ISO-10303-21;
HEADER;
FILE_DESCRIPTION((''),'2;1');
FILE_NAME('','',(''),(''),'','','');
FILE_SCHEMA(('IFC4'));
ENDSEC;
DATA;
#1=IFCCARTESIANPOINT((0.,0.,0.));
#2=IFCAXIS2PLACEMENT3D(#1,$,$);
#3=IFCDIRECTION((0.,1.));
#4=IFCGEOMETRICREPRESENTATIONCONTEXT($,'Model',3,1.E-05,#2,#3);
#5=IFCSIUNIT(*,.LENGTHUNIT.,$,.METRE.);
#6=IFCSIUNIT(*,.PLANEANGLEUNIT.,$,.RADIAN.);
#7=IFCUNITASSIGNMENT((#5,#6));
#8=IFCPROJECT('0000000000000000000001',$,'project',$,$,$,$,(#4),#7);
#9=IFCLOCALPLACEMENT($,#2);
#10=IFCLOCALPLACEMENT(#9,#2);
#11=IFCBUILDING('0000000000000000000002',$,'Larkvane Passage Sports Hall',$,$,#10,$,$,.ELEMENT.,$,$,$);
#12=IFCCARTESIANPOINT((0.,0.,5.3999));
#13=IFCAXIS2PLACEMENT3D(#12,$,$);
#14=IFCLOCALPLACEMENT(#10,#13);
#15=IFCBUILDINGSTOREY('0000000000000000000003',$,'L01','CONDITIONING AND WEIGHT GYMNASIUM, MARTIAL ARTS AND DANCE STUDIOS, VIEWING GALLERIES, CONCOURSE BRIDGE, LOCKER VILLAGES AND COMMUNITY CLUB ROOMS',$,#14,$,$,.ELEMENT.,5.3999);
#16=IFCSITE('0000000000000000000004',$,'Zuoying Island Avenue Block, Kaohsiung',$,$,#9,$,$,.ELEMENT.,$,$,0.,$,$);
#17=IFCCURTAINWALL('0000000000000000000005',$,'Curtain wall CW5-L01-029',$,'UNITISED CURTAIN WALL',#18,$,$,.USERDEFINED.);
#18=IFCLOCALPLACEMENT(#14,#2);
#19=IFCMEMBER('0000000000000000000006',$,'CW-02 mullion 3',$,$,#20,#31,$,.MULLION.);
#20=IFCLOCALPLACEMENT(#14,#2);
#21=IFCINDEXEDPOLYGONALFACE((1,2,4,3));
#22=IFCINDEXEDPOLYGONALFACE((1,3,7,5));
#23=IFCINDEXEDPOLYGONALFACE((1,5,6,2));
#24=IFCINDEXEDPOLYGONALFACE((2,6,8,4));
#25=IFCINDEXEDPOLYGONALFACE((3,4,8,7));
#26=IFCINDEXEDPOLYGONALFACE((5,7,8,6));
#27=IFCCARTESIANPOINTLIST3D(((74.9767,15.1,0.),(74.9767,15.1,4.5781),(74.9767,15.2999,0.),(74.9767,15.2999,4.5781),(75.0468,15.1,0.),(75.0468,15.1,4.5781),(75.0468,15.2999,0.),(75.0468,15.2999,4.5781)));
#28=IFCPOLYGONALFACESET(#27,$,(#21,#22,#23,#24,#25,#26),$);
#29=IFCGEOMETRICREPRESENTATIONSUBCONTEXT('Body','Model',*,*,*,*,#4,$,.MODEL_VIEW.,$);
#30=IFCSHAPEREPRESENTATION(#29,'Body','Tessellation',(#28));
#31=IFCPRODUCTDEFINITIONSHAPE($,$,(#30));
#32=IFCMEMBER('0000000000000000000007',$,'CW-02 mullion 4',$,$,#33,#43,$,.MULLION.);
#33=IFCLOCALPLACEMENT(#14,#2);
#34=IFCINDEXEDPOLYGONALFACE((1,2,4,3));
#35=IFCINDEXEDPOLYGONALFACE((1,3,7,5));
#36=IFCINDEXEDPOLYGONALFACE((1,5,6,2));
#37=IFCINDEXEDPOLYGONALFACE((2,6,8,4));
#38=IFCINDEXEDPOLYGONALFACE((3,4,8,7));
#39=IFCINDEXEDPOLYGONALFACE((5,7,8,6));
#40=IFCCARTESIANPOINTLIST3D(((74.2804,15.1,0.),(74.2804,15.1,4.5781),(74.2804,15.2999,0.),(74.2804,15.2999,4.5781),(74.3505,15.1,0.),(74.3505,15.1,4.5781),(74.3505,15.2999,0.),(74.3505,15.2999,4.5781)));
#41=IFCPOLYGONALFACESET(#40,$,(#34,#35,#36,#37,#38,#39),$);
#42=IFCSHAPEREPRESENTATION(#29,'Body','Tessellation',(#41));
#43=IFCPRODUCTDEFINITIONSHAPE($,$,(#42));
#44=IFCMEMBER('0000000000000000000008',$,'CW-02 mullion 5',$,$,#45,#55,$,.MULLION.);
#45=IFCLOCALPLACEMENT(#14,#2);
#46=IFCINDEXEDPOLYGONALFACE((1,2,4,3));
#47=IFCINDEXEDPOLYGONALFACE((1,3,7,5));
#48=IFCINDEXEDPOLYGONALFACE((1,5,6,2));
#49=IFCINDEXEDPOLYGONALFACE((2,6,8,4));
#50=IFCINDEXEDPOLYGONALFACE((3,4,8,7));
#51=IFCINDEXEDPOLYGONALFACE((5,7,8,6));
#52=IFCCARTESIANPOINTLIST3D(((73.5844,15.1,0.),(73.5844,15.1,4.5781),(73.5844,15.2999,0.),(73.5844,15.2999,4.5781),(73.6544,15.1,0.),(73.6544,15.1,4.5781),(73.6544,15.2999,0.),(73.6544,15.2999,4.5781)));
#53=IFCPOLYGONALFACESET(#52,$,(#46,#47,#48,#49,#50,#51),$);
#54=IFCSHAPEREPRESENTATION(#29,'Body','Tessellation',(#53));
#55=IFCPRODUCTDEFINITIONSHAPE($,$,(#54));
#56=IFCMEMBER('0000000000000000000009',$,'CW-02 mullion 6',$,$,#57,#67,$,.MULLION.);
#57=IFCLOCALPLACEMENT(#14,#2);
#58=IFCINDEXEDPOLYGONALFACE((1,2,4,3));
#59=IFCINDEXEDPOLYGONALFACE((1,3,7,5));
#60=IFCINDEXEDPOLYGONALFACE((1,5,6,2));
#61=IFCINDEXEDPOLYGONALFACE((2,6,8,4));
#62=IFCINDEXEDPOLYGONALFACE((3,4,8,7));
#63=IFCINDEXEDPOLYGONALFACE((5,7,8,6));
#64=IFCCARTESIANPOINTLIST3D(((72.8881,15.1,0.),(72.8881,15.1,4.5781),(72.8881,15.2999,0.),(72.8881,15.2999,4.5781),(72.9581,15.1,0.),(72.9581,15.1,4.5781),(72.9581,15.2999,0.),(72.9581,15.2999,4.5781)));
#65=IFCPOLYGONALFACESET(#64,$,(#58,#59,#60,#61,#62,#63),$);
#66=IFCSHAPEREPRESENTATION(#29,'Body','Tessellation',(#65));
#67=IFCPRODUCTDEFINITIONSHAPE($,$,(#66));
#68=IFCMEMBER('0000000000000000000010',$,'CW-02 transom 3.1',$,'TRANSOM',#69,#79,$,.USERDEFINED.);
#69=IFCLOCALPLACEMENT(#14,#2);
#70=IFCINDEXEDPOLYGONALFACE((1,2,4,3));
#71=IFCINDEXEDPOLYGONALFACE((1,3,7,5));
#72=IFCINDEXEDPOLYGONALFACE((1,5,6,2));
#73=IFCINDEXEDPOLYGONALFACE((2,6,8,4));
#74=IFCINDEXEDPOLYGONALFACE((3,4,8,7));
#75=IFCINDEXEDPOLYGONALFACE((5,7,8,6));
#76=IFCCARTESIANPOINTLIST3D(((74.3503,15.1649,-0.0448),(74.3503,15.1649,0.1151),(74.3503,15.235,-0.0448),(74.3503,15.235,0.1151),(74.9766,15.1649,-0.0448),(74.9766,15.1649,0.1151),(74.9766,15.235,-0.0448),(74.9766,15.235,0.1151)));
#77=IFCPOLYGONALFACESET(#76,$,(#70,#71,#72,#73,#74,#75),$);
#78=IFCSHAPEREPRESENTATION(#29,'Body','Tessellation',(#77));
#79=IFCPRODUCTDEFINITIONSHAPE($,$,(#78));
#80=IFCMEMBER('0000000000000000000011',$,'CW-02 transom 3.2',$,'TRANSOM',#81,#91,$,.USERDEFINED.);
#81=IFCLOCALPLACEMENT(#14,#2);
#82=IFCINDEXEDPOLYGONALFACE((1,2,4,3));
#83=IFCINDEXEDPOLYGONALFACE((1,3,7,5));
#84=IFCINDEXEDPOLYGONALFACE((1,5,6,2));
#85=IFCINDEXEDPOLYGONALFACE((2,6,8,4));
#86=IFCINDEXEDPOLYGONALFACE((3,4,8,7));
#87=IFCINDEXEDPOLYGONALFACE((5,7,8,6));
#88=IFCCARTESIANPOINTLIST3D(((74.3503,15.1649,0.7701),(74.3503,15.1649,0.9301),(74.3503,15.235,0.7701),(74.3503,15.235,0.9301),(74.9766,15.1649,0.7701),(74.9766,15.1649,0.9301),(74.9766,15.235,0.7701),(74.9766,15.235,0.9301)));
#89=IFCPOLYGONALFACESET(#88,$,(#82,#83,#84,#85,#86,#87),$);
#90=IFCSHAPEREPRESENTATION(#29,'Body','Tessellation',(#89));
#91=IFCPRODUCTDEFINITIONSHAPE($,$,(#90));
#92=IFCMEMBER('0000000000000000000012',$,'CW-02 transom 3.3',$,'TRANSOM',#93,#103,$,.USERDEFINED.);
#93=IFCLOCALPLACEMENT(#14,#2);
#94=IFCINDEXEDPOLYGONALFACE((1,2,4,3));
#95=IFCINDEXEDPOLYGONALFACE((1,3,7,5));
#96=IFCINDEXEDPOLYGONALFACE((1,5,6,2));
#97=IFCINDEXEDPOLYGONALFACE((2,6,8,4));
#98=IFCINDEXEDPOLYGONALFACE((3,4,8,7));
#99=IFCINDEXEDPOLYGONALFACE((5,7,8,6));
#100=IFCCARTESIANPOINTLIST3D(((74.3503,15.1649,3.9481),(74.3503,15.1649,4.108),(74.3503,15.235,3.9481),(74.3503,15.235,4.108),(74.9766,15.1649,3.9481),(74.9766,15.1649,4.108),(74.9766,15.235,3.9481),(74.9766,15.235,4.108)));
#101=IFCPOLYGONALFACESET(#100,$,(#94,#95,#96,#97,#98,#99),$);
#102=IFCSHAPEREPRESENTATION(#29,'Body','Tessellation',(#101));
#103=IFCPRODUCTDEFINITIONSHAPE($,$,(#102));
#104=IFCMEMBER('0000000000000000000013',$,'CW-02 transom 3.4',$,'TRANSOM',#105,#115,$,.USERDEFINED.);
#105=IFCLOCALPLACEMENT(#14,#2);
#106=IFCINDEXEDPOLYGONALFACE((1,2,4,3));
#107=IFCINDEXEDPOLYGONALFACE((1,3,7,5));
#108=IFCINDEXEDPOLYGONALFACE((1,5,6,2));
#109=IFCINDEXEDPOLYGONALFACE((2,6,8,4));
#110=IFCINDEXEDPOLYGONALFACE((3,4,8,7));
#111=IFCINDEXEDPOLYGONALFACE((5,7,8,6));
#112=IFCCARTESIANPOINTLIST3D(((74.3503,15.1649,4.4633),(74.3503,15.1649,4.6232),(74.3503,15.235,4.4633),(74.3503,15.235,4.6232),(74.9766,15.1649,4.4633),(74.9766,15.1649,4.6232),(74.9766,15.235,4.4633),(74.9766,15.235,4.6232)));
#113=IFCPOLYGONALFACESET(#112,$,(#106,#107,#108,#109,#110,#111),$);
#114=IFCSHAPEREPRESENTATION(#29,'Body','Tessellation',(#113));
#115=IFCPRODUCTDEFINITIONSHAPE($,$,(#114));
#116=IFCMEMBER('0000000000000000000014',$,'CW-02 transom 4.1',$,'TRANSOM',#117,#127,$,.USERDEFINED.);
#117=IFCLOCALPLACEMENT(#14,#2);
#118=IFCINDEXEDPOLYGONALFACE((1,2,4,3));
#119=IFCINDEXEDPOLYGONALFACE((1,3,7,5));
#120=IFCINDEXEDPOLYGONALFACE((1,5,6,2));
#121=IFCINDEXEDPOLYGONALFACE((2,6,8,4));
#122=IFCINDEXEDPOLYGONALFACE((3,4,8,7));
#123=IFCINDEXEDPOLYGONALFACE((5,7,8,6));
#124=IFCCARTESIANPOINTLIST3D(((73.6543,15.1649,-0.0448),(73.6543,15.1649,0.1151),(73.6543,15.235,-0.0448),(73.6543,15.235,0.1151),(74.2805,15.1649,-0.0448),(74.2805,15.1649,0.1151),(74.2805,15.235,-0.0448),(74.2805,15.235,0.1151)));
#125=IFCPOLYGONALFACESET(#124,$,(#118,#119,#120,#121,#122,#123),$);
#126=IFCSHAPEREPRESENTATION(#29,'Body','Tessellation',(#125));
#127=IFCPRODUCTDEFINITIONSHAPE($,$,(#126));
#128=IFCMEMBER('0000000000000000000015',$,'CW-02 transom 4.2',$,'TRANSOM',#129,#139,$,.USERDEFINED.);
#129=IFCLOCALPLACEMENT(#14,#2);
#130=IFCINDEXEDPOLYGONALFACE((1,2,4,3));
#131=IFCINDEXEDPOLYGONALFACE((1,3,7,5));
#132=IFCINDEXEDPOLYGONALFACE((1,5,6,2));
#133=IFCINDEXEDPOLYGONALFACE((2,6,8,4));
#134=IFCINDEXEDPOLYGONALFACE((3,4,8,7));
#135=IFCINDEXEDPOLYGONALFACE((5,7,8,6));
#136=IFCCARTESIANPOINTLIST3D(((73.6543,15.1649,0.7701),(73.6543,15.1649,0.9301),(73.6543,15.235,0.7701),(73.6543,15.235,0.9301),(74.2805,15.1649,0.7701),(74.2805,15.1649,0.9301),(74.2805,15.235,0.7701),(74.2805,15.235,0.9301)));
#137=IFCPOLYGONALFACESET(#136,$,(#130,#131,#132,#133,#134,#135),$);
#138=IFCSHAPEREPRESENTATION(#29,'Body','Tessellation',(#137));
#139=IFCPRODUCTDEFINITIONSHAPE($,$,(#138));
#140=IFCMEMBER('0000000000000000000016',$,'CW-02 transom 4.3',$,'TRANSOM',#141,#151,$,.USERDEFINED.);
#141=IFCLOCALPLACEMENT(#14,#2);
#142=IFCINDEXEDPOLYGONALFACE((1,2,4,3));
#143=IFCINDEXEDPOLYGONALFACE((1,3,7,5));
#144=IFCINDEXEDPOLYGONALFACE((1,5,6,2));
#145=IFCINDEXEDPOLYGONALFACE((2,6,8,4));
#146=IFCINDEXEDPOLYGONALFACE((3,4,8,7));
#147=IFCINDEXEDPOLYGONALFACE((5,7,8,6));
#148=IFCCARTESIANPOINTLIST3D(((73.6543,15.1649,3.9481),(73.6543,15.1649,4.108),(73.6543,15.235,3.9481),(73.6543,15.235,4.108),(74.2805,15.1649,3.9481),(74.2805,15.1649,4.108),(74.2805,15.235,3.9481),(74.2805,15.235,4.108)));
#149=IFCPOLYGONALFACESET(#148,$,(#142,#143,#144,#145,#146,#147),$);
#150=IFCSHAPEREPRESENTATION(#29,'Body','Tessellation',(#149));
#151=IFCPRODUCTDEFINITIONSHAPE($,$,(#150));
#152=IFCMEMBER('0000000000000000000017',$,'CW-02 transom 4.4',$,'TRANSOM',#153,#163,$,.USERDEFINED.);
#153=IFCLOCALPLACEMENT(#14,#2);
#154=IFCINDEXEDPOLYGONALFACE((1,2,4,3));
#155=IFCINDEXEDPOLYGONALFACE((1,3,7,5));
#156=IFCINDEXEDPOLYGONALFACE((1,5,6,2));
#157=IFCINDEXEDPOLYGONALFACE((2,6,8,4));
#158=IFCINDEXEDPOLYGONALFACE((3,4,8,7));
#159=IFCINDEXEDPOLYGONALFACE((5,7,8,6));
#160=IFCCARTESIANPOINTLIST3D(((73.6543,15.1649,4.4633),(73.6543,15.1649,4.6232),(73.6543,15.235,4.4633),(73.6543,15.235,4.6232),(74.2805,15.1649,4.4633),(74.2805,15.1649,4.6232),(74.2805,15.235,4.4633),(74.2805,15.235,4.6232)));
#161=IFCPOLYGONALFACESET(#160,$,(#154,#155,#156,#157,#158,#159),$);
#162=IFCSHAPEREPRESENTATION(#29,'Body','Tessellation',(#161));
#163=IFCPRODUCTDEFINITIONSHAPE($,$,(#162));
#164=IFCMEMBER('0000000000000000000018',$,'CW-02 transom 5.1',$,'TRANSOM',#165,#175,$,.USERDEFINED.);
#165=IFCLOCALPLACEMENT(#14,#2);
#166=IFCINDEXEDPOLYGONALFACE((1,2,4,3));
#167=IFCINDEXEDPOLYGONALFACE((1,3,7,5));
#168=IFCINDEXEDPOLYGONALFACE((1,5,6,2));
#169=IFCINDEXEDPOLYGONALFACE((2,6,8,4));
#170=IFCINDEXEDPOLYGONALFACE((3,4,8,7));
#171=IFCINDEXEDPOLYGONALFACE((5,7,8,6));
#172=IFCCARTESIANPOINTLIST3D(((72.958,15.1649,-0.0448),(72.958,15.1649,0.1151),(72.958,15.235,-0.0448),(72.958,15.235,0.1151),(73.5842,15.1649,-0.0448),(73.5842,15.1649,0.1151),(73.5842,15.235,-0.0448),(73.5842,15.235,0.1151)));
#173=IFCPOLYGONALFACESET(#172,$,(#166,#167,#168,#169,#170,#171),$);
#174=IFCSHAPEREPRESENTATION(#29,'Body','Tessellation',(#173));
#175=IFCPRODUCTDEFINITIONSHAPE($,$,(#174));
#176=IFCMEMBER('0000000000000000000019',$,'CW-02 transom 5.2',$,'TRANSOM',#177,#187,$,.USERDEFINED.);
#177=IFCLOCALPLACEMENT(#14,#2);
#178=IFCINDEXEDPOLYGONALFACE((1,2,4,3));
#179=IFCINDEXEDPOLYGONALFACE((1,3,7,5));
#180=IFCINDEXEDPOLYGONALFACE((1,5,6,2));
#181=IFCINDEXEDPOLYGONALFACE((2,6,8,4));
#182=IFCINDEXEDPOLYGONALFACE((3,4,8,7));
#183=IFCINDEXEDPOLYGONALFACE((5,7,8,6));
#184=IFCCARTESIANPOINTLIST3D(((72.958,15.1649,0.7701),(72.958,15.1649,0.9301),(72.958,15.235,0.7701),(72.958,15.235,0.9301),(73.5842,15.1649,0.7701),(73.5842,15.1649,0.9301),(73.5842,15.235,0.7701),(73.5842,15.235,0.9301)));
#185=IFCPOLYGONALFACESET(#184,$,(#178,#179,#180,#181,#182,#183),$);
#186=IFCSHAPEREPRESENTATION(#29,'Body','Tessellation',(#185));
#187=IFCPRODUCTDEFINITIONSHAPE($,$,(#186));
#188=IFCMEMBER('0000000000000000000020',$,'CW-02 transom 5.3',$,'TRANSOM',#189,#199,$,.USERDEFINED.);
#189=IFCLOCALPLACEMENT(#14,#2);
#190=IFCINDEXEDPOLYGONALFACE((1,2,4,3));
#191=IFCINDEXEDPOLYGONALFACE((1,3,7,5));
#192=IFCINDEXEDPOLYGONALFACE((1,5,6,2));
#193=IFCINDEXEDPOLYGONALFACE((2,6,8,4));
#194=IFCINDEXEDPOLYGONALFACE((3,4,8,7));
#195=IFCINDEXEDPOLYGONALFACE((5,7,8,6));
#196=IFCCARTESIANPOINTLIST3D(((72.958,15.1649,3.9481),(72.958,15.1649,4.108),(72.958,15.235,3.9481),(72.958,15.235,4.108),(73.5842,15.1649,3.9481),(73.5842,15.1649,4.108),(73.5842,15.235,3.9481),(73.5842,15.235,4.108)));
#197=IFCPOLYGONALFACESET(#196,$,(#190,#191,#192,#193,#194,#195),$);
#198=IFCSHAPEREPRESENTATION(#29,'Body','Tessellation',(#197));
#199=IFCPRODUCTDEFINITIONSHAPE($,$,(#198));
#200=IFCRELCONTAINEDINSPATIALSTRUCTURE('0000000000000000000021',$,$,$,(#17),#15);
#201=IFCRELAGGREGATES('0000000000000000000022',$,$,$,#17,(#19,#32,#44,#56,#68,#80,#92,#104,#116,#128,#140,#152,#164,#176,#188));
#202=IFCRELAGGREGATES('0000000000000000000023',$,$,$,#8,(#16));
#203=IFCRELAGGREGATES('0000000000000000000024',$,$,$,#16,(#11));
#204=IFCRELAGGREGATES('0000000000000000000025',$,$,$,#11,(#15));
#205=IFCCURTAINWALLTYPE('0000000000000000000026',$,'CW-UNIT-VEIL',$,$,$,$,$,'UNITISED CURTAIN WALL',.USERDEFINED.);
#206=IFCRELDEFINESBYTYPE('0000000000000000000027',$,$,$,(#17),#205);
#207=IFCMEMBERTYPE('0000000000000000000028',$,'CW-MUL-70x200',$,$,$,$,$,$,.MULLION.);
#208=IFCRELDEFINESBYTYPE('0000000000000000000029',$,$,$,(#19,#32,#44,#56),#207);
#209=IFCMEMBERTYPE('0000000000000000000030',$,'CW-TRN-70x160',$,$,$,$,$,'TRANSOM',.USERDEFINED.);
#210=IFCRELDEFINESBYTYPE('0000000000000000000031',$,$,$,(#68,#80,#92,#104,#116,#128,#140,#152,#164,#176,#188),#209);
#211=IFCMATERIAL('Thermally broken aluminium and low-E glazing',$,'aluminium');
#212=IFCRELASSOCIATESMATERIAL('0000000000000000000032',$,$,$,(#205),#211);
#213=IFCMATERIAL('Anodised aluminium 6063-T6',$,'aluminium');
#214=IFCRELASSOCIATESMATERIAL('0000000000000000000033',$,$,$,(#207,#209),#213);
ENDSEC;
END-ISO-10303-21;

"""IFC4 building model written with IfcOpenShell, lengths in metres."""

from ifc_helpers import new_model, si_unit, direction, frame, origin, origin_2d, place, context, subcontext, project, spatial, rectangle, extrude, material, material_profile, profile_set, type_object, element, aggregate, save


model = new_model("IFC4")

# Units and contexts
model_context = context("Model", 3, precision=1e-05, world=origin(), true_north=direction((0.0, 1.0)))
body_context = subcontext(model_context, "Body", "Model", "MODEL_VIEW")
ifc_project = project(units=[si_unit("LENGTHUNIT", "METRE"), si_unit("PLANEANGLEUNIT", "RADIAN")], contexts=[model_context])

# Site, building, storey
site_placement = place(None, origin())
site = spatial("IfcSite", under=ifc_project, at=site_placement, Name="Zuoying Island Avenue Block, Kaohsiung", CompositionType="ELEMENT", RefElevation=0.0)
building_placement = place(site_placement, origin())
building = spatial("IfcBuilding", under=site, at=building_placement, Name="Larkvane Passage Sports Hall", CompositionType="ELEMENT")
storey_placement = place(building_placement, frame((0.0, 0.0, 5.3999)))
storey = spatial("IfcBuildingStorey", under=building, at=storey_placement, Name="L01", Description="CONDITIONING AND WEIGHT GYMNASIUM, MARTIAL ARTS AND DANCE STUDIOS, VIEWING GALLERIES, CONCOURSE BRIDGE, LOCKER VILLAGES AND COMMUNITY CLUB ROOMS", CompositionType="ELEMENT", Elevation=5.3999)

# Curtain wall, members
ifc_material_1 = material(Name="Thermally broken aluminium and low-E glazing", Category="aluminium")
curtain_wall_type = type_object("IfcCurtainWallType", Name="CW-UNIT-VEIL", ElementType="UNITISED CURTAIN WALL", PredefinedType="USERDEFINED", material=ifc_material_1)
curtain_wall_placement = place(storey_placement, origin())
curtain_wall = element("IfcCurtainWall", 1, at=curtain_wall_placement, inside=storey, type_object=curtain_wall_type, Name="Curtain wall CW5-L01-029", ObjectType="UNITISED CURTAIN WALL", PredefinedType="USERDEFINED")
ifc_material_2 = material(Name="Anodised aluminium 6063-T6", Category="aluminium")
ifc_material_profile_1 = material_profile(ifc_material_2, rectangle(XDim=0.0701, YDim=0.2, at=origin_2d()), Name="ALU-MUL-70x200")
ifc_profile_set_1 = profile_set([ifc_material_profile_1], Name="Anodised aluminium 6063-T6")
member_type_1 = type_object("IfcMemberType", Name="CW-MUL-70x200", PredefinedType="MULLION", material=ifc_profile_set_1)
member_1_placement = place(storey_placement, frame((75.0117, 15.2, 0.0), z_axis=(0.0, 0.0, 1.0), x_axis=(-1.0, 0.0, 0.0)))
member_1 = element("IfcMember", 2, at=member_1_placement, type_object=member_type_1, Name="CW-02 mullion 3", PredefinedType="MULLION", context=body_context, shape_type="SweptSolid", body=[
    extrude(rectangle(XDim=0.0701, YDim=0.2, at=origin_2d()), origin(), (0.0, 0.0, 1.0), 4.5781),
])
member_2_placement = place(storey_placement, frame((74.3154, 15.2, 0.0), z_axis=(0.0, 0.0, 1.0), x_axis=(-1.0, 0.0, 0.0)))
member_2 = element("IfcMember", 3, at=member_2_placement, type_object=member_type_1, Name="CW-02 mullion 4", PredefinedType="MULLION", context=body_context, shape_type="SweptSolid", body=[
    extrude(rectangle(XDim=0.0701, YDim=0.2, at=origin_2d()), origin(), (0.0, 0.0, 1.0), 4.5781),
])
member_3_placement = place(storey_placement, frame((73.6194, 15.2, 0.0), z_axis=(0.0, 0.0, 1.0), x_axis=(-1.0, 0.0, 0.0)))
member_3 = element("IfcMember", 4, at=member_3_placement, type_object=member_type_1, Name="CW-02 mullion 5", PredefinedType="MULLION", context=body_context, shape_type="SweptSolid", body=[
    extrude(rectangle(XDim=0.0701, YDim=0.2, at=origin_2d()), origin(), (0.0, 0.0, 1.0), 4.5781),
])
member_4_placement = place(storey_placement, frame((72.9231, 15.2, 0.0), z_axis=(0.0, 0.0, 1.0), x_axis=(-1.0, 0.0, 0.0)))
member_4 = element("IfcMember", 5, at=member_4_placement, type_object=member_type_1, Name="CW-02 mullion 6", PredefinedType="MULLION", context=body_context, shape_type="SweptSolid", body=[
    extrude(rectangle(XDim=0.0701, YDim=0.2, at=origin_2d()), origin(), (0.0, 0.0, 1.0), 4.5781),
])
ifc_material_profile_2 = material_profile(ifc_material_2, rectangle(XDim=0.0701, YDim=0.1599, at=origin_2d()), Name="ALU-TRN-70x160")
ifc_profile_set_2 = profile_set([ifc_material_profile_2], Name="Anodised aluminium 6063-T6")
member_type_2 = type_object("IfcMemberType", Name="CW-TRN-70x160", ElementType="TRANSOM", PredefinedType="USERDEFINED", material=ifc_profile_set_2)
member_5_placement = place(storey_placement, frame((74.9766, 15.2, 0.0352), z_axis=(-1.0, 0.0, 0.0), x_axis=(0.0, -1.0, 0.0)))
member_5 = element("IfcMember", 6, at=member_5_placement, type_object=member_type_2, Name="CW-02 transom 3.1", ObjectType="TRANSOM", PredefinedType="USERDEFINED", context=body_context, shape_type="SweptSolid", body=[
    extrude(rectangle(XDim=0.0701, YDim=0.1599, at=origin_2d()), origin(), (0.0, 0.0, 1.0), 0.6262),
])
member_6_placement = place(storey_placement, frame((74.9766, 15.2, 0.8501), z_axis=(-1.0, 0.0, 0.0), x_axis=(0.0, -1.0, 0.0)))
member_6 = element("IfcMember", 7, at=member_6_placement, type_object=member_type_2, Name="CW-02 transom 3.2", ObjectType="TRANSOM", PredefinedType="USERDEFINED", context=body_context, shape_type="SweptSolid", body=[
    extrude(rectangle(XDim=0.0701, YDim=0.1599, at=origin_2d()), origin(), (0.0, 0.0, 1.0), 0.6262),
])
member_7_placement = place(storey_placement, frame((74.9766, 15.2, 4.0281), z_axis=(-1.0, 0.0, 0.0), x_axis=(0.0, -1.0, 0.0)))
member_7 = element("IfcMember", 8, at=member_7_placement, type_object=member_type_2, Name="CW-02 transom 3.3", ObjectType="TRANSOM", PredefinedType="USERDEFINED", context=body_context, shape_type="SweptSolid", body=[
    extrude(rectangle(XDim=0.0701, YDim=0.1599, at=origin_2d()), origin(), (0.0, 0.0, 1.0), 0.6262),
])
member_8_placement = place(storey_placement, frame((74.9766, 15.2, 4.5432), z_axis=(-1.0, 0.0, 0.0), x_axis=(0.0, -1.0, 0.0)))
member_8 = element("IfcMember", 9, at=member_8_placement, type_object=member_type_2, Name="CW-02 transom 3.4", ObjectType="TRANSOM", PredefinedType="USERDEFINED", context=body_context, shape_type="SweptSolid", body=[
    extrude(rectangle(XDim=0.0701, YDim=0.1599, at=origin_2d()), origin(), (0.0, 0.0, 1.0), 0.6262),
])
member_9_placement = place(storey_placement, frame((74.2805, 15.2, 0.0352), z_axis=(-1.0, 0.0, 0.0), x_axis=(0.0, -1.0, 0.0)))
member_9 = element("IfcMember", 10, at=member_9_placement, type_object=member_type_2, Name="CW-02 transom 4.1", ObjectType="TRANSOM", PredefinedType="USERDEFINED", context=body_context, shape_type="SweptSolid", body=[
    extrude(rectangle(XDim=0.0701, YDim=0.1599, at=origin_2d()), origin(), (0.0, 0.0, 1.0), 0.6262),
])
member_10_placement = place(storey_placement, frame((74.2805, 15.2, 0.8501), z_axis=(-1.0, 0.0, 0.0), x_axis=(0.0, -1.0, 0.0)))
member_10 = element("IfcMember", 11, at=member_10_placement, type_object=member_type_2, Name="CW-02 transom 4.2", ObjectType="TRANSOM", PredefinedType="USERDEFINED", context=body_context, shape_type="SweptSolid", body=[
    extrude(rectangle(XDim=0.0701, YDim=0.1599, at=origin_2d()), origin(), (0.0, 0.0, 1.0), 0.6262),
])
member_11_placement = place(storey_placement, frame((74.2805, 15.2, 4.0281), z_axis=(-1.0, 0.0, 0.0), x_axis=(0.0, -1.0, 0.0)))
member_11 = element("IfcMember", 12, at=member_11_placement, type_object=member_type_2, Name="CW-02 transom 4.3", ObjectType="TRANSOM", PredefinedType="USERDEFINED", context=body_context, shape_type="SweptSolid", body=[
    extrude(rectangle(XDim=0.0701, YDim=0.1599, at=origin_2d()), origin(), (0.0, 0.0, 1.0), 0.6262),
])
member_12_placement = place(storey_placement, frame((74.2805, 15.2, 4.5432), z_axis=(-1.0, 0.0, 0.0), x_axis=(0.0, -1.0, 0.0)))
member_12 = element("IfcMember", 13, at=member_12_placement, type_object=member_type_2, Name="CW-02 transom 4.4", ObjectType="TRANSOM", PredefinedType="USERDEFINED", context=body_context, shape_type="SweptSolid", body=[
    extrude(rectangle(XDim=0.0701, YDim=0.1599, at=origin_2d()), origin(), (0.0, 0.0, 1.0), 0.6262),
])
member_13_placement = place(storey_placement, frame((73.5842, 15.2, 0.0352), z_axis=(-1.0, 0.0, 0.0), x_axis=(0.0, -1.0, 0.0)))
member_13 = element("IfcMember", 14, at=member_13_placement, type_object=member_type_2, Name="CW-02 transom 5.1", ObjectType="TRANSOM", PredefinedType="USERDEFINED", context=body_context, shape_type="SweptSolid", body=[
    extrude(rectangle(XDim=0.0701, YDim=0.1599, at=origin_2d()), origin(), (0.0, 0.0, 1.0), 0.6262),
])
member_14_placement = place(storey_placement, frame((73.5842, 15.2, 0.8501), z_axis=(-1.0, 0.0, 0.0), x_axis=(0.0, -1.0, 0.0)))
member_14 = element("IfcMember", 15, at=member_14_placement, type_object=member_type_2, Name="CW-02 transom 5.2", ObjectType="TRANSOM", PredefinedType="USERDEFINED", context=body_context, shape_type="SweptSolid", body=[
    extrude(rectangle(XDim=0.0701, YDim=0.1599, at=origin_2d()), origin(), (0.0, 0.0, 1.0), 0.6262),
])
member_15_placement = place(storey_placement, frame((73.5842, 15.2, 4.0281), z_axis=(-1.0, 0.0, 0.0), x_axis=(0.0, -1.0, 0.0)))
member_15 = element("IfcMember", 16, at=member_15_placement, type_object=member_type_2, Name="CW-02 transom 5.3", ObjectType="TRANSOM", PredefinedType="USERDEFINED", context=body_context, shape_type="SweptSolid", body=[
    extrude(rectangle(XDim=0.0701, YDim=0.1599, at=origin_2d()), origin(), (0.0, 0.0, 1.0), 0.6262),
])
aggregate(curtain_wall, [member_1, member_2, member_3, member_4, member_5, member_6, member_7, member_8, member_9, member_10, member_11, member_12, member_13, member_14, member_15])

save(model, "model.ifc")
